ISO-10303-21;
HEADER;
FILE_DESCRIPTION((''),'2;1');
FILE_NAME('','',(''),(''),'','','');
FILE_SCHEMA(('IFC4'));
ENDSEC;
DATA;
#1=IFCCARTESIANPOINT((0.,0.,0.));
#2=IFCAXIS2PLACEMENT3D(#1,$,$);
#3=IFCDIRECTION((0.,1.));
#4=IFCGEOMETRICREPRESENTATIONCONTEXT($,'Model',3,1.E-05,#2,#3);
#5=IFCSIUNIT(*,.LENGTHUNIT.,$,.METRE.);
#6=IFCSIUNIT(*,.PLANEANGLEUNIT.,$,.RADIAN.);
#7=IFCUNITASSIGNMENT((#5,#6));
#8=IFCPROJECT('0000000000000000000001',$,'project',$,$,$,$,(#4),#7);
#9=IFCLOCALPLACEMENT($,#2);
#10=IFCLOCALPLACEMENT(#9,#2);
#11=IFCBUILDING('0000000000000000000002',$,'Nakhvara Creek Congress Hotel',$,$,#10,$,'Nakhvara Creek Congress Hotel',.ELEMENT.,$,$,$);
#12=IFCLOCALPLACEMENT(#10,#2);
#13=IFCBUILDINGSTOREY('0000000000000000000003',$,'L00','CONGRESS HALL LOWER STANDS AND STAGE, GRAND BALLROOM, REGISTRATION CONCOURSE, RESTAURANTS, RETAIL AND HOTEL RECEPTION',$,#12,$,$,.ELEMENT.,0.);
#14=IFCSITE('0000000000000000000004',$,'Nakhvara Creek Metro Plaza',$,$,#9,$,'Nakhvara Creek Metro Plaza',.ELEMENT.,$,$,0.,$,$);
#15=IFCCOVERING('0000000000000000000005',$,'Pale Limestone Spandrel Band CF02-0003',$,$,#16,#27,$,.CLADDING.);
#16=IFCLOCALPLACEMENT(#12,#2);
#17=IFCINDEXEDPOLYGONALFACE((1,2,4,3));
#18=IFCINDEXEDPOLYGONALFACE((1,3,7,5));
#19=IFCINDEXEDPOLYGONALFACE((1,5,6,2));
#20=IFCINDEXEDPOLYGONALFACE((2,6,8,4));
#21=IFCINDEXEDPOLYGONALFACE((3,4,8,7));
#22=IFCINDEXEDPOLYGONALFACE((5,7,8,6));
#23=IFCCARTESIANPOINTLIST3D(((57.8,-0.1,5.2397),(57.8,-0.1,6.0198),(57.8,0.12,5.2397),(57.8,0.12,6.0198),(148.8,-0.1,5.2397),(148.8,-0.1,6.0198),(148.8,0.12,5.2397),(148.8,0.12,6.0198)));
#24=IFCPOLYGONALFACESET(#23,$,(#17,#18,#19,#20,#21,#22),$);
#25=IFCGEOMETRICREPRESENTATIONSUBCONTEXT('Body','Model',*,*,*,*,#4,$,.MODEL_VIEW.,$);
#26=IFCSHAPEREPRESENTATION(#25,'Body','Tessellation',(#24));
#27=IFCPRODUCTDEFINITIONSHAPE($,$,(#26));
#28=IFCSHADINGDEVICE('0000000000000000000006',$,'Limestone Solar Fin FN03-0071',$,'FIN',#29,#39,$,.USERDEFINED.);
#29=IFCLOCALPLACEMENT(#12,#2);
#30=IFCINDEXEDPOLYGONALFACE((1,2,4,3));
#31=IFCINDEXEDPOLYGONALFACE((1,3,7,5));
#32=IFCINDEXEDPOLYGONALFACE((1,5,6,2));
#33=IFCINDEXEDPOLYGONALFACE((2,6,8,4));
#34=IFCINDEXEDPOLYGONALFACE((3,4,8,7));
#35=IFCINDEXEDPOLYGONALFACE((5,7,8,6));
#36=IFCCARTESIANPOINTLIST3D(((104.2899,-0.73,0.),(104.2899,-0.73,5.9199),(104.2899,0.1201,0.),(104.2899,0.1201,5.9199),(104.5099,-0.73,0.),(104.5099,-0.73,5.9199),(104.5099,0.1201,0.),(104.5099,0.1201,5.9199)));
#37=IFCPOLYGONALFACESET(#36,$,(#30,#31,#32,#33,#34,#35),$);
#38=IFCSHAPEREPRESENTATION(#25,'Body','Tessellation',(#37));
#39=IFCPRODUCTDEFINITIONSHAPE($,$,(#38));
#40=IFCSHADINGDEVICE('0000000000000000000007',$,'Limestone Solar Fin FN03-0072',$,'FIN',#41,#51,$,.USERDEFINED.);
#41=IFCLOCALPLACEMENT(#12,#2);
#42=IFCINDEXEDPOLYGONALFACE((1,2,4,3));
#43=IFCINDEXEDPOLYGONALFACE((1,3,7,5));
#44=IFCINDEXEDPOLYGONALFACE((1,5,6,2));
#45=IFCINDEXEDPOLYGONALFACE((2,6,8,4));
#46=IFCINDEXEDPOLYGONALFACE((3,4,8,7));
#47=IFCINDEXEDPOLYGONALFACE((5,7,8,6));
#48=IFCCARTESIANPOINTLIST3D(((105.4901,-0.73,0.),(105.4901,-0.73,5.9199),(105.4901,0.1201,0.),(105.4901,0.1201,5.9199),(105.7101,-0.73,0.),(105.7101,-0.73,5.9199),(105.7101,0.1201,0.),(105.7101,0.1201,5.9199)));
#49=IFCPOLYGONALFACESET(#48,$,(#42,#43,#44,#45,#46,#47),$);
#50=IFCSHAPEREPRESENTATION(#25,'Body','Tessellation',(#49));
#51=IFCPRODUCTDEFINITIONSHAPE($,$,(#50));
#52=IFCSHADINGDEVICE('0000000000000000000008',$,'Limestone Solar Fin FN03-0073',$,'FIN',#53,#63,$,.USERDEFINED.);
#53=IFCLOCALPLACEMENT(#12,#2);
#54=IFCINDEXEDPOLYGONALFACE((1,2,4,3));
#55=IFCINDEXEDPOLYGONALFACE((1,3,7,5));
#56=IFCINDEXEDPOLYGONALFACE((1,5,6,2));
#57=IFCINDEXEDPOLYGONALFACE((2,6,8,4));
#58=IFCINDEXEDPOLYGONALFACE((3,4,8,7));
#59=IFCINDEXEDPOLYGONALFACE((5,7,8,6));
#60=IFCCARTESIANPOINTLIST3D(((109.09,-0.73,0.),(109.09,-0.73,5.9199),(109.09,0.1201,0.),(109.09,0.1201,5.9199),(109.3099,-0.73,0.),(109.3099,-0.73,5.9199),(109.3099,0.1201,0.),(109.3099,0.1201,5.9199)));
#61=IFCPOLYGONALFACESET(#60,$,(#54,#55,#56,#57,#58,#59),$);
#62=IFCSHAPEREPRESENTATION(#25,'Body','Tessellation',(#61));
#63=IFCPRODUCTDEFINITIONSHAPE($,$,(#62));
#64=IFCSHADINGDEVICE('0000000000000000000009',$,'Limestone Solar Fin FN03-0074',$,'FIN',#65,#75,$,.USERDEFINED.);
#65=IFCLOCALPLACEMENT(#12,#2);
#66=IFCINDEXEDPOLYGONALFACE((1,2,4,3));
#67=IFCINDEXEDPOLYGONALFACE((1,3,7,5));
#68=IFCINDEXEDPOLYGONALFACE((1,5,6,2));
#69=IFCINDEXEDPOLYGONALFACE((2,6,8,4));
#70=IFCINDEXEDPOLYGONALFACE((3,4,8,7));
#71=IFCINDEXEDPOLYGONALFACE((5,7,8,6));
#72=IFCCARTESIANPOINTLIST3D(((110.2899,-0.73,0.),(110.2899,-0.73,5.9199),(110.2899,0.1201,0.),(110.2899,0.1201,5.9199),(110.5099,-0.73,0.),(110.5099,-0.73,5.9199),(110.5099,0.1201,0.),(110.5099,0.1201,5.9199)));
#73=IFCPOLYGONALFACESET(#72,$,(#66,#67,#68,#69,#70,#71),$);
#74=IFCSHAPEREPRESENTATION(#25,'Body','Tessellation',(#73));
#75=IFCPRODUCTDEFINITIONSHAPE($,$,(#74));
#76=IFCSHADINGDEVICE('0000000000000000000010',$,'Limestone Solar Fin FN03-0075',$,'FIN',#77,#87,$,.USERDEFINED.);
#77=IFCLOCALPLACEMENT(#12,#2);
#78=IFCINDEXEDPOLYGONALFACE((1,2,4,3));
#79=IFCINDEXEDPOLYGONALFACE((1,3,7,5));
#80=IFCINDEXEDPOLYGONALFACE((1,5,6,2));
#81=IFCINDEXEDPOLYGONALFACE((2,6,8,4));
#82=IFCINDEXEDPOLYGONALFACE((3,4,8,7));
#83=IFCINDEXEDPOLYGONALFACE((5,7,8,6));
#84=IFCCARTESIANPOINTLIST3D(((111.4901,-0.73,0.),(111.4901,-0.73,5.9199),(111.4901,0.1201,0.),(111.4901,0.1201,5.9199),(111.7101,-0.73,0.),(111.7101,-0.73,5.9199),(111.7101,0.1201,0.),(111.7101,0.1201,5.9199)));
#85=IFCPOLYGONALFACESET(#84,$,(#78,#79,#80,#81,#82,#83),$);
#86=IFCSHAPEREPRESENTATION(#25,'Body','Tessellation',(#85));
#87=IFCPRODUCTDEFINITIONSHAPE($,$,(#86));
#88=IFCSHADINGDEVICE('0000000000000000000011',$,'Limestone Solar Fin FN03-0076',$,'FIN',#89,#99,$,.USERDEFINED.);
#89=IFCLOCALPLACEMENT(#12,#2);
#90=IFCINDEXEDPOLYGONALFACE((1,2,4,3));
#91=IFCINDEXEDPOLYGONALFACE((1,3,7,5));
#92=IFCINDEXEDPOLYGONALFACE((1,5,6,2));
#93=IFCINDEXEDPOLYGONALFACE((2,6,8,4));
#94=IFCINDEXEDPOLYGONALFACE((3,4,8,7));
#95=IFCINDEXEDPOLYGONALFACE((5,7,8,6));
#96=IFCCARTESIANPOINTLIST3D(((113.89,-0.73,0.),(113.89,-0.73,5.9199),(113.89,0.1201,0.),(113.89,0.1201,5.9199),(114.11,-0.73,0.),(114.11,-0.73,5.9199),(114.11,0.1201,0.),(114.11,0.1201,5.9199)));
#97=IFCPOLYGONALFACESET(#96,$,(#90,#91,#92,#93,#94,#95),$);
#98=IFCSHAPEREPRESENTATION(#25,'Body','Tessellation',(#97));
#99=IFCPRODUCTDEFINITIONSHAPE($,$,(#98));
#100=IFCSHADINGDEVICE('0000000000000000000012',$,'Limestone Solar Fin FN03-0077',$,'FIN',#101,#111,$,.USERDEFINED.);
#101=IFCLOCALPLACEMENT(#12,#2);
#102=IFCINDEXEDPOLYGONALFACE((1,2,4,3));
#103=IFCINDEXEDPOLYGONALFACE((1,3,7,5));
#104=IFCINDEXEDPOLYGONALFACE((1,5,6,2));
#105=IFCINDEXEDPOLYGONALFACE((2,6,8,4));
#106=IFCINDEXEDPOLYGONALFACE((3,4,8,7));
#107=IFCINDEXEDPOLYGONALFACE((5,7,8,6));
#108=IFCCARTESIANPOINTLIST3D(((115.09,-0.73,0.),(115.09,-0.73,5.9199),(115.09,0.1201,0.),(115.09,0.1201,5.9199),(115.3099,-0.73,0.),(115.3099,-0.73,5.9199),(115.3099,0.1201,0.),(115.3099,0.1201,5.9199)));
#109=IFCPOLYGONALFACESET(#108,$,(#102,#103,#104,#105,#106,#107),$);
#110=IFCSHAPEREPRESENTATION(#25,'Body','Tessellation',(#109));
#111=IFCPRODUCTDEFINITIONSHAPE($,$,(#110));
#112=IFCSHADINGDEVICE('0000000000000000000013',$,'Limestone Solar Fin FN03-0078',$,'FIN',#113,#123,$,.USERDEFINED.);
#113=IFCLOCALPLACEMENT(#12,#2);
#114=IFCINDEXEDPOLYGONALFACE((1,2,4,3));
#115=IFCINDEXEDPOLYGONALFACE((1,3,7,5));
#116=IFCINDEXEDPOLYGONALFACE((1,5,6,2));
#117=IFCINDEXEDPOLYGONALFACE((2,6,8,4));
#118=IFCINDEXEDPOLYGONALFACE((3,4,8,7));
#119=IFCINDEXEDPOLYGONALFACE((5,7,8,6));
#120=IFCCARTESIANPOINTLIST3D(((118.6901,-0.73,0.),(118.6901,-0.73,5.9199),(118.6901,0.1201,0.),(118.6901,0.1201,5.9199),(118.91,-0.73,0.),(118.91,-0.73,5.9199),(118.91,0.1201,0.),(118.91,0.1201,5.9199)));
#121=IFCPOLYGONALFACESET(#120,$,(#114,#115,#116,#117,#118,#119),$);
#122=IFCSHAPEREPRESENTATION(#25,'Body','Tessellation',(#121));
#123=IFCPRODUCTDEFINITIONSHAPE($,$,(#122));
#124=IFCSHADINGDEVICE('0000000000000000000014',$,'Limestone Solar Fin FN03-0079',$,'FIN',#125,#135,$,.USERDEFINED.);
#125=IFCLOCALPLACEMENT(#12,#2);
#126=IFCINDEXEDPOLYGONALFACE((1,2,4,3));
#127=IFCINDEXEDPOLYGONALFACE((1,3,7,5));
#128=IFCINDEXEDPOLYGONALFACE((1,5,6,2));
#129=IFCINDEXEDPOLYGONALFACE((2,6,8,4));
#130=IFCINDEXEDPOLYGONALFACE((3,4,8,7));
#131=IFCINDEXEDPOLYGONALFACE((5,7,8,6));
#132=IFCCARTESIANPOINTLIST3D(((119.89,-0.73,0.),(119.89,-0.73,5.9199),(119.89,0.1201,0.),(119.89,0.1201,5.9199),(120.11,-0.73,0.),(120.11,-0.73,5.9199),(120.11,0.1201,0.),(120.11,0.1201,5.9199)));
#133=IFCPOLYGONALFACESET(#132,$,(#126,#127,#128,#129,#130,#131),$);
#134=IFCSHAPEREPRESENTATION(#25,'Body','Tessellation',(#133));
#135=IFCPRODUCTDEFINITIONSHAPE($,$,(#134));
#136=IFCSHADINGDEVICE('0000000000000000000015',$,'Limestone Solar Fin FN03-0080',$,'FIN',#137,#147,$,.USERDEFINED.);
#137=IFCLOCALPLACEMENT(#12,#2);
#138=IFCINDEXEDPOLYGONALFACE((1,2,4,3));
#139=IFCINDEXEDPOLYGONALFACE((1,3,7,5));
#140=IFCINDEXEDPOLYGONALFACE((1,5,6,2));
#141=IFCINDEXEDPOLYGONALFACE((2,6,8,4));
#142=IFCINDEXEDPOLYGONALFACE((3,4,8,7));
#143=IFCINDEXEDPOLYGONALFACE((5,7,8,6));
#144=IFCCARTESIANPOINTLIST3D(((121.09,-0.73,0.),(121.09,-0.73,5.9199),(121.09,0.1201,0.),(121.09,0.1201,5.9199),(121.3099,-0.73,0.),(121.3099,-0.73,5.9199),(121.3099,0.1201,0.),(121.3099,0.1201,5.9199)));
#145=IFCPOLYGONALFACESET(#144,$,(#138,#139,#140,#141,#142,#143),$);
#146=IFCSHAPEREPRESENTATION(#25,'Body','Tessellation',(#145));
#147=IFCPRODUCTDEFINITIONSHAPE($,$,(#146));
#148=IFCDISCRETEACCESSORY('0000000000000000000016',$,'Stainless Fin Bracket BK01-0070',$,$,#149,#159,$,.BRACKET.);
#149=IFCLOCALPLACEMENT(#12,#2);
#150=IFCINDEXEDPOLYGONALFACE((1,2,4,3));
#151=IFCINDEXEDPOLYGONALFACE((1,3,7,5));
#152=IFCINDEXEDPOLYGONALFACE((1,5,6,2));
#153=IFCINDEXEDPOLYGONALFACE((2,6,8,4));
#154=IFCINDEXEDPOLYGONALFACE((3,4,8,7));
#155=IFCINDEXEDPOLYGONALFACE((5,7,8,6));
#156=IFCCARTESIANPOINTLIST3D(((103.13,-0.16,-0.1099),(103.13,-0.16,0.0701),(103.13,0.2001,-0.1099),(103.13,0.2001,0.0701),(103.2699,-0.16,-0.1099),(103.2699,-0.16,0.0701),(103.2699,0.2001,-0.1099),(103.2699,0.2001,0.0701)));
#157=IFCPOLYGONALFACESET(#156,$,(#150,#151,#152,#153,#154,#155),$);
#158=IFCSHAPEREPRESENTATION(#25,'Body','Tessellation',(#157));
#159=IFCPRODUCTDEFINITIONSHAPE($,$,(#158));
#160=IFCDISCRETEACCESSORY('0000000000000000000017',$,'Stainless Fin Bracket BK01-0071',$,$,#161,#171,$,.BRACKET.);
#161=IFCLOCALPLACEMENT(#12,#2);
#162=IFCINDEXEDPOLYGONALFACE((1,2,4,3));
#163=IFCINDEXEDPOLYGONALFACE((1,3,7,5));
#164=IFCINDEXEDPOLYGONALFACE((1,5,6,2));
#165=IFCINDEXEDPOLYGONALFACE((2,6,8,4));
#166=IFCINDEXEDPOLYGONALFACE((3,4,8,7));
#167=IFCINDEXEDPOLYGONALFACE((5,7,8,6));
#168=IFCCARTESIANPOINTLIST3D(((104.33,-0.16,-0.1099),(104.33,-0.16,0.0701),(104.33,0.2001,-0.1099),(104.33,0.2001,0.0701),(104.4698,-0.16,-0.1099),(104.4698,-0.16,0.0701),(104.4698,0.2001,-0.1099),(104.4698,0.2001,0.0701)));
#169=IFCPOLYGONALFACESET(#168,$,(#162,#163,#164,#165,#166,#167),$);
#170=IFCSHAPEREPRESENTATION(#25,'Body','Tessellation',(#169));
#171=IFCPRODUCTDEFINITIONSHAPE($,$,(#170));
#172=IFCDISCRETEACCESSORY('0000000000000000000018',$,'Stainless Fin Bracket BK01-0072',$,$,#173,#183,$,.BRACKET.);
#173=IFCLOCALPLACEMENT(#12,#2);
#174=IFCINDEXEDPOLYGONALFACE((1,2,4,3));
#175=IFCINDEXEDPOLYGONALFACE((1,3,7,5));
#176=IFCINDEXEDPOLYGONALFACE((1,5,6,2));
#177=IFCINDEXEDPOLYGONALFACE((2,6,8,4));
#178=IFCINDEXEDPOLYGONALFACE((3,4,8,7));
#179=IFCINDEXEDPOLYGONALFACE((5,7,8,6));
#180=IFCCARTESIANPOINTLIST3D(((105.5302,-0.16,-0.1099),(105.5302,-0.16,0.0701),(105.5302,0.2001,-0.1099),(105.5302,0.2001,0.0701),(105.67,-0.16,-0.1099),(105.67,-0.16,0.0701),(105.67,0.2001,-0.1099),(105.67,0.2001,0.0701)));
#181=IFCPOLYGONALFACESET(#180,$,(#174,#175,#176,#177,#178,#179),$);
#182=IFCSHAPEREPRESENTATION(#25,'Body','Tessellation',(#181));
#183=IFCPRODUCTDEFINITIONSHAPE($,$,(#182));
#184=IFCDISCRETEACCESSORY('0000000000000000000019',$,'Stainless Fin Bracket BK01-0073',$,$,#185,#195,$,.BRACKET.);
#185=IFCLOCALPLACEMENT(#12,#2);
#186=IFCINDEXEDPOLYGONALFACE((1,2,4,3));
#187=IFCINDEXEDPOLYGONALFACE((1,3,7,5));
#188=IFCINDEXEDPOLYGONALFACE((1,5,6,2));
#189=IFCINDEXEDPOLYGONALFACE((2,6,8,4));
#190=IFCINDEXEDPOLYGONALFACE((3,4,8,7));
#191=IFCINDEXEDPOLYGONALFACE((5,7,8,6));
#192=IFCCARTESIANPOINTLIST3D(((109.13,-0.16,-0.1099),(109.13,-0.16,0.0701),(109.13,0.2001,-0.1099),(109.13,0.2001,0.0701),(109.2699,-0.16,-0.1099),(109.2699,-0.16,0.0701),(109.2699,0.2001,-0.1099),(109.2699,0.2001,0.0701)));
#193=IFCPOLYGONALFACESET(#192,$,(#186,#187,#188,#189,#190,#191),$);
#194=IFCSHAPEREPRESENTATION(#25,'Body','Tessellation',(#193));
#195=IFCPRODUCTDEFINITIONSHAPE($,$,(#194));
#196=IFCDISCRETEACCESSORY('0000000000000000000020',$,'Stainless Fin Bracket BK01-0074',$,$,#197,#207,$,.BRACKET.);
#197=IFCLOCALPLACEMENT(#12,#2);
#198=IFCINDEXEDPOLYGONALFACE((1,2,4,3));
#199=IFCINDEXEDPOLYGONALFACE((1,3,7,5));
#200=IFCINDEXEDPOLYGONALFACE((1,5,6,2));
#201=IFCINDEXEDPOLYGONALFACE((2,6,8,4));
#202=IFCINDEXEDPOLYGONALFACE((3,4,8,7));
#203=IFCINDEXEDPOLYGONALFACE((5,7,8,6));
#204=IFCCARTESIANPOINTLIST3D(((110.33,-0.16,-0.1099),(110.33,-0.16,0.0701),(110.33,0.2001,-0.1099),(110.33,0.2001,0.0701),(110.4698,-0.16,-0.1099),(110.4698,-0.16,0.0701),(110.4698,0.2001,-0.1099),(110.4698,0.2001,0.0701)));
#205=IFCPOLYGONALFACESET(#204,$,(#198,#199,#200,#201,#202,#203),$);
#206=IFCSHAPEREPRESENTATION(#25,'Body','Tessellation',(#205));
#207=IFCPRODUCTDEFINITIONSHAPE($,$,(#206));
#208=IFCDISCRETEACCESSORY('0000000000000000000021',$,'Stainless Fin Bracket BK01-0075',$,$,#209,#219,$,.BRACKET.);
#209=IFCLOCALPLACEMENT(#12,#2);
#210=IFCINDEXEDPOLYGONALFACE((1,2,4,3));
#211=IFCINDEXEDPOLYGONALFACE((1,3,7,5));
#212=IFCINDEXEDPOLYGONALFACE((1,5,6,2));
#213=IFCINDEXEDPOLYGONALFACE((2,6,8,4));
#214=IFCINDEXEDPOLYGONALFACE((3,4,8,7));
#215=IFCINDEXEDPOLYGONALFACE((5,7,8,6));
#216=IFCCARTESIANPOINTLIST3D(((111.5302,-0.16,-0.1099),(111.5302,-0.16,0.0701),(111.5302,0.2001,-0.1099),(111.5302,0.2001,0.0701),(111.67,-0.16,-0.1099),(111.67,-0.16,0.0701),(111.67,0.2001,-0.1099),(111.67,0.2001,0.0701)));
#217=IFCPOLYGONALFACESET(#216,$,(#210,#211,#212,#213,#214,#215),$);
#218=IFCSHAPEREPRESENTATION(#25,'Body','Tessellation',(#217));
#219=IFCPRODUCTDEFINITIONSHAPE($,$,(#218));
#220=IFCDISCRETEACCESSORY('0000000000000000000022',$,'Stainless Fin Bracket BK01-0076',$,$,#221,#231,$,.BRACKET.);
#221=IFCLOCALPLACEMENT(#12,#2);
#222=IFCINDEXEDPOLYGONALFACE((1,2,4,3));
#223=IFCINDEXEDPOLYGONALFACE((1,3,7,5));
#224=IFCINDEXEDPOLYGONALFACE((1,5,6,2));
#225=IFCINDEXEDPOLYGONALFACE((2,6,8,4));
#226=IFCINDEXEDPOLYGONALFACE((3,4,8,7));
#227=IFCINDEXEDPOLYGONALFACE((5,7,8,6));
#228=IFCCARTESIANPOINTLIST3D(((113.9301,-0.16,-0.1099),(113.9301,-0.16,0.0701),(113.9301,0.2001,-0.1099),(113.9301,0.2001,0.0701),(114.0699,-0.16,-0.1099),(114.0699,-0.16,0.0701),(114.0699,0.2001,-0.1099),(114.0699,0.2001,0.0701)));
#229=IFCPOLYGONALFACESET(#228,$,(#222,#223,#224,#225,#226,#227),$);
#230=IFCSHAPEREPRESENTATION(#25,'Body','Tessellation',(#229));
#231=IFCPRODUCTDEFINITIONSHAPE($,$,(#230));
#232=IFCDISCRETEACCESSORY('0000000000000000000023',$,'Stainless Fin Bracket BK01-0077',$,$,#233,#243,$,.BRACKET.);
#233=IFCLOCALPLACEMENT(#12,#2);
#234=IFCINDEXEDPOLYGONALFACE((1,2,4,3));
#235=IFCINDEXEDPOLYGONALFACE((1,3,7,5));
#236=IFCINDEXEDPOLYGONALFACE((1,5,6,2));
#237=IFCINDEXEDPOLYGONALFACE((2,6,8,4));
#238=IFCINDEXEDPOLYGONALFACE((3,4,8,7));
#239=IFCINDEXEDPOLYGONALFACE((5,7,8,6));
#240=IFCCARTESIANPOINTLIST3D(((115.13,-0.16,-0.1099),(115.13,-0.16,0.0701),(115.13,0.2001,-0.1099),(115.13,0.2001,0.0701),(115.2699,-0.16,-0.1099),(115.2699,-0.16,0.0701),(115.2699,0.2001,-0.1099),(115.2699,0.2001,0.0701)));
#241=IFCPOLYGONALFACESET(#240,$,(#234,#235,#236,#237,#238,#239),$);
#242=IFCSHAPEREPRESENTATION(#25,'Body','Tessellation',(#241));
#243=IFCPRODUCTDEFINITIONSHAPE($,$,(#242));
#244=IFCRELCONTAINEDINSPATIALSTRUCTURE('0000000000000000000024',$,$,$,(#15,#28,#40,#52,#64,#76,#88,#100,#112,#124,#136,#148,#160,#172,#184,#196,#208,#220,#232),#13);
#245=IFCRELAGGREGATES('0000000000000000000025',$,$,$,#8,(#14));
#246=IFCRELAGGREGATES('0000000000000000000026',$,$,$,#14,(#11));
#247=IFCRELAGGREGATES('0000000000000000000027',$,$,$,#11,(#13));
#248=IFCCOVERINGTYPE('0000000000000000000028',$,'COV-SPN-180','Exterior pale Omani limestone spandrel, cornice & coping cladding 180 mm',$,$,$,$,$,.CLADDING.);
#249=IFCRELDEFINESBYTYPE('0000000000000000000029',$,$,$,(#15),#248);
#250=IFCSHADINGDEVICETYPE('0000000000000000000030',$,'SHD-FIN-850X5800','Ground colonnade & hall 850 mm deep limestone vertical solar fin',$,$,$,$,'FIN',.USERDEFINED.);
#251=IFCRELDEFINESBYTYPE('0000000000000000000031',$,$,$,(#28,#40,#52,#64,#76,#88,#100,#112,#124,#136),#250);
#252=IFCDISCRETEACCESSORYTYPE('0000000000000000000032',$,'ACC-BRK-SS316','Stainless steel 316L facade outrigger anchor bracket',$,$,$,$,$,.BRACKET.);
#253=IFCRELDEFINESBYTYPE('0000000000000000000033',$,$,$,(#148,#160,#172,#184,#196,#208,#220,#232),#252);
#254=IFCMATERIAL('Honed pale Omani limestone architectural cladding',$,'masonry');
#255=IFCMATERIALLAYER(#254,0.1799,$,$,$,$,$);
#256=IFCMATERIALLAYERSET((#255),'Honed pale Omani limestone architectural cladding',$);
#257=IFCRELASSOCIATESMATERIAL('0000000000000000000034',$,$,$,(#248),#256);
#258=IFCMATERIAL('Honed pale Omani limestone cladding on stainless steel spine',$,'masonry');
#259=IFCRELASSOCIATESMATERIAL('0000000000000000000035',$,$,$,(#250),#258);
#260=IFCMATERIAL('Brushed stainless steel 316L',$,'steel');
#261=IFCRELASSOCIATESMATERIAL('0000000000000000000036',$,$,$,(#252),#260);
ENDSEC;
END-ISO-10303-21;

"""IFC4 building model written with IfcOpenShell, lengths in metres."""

from ifc_helpers import new_model, si_unit, direction, frame, origin, origin_2d, place, context, subcontext, project, spatial, rectangle, extrude, material, layer, layer_set, type_object, element, save


model = new_model("IFC4")

# Units and contexts
model_context = context("Model", 3, precision=1e-05, world=origin(), true_north=direction((0.0, 1.0)))
body_context = subcontext(model_context, "Body", "Model", "MODEL_VIEW")
ifc_project = project(units=[si_unit("LENGTHUNIT", "METRE"), si_unit("PLANEANGLEUNIT", "RADIAN")], contexts=[model_context])

# Site, building, storey
site_placement = place(None, origin())
site = spatial("IfcSite", under=ifc_project, at=site_placement, Name="Nakhvara Creek Metro Plaza", LongName="Nakhvara Creek Metro Plaza", CompositionType="ELEMENT", RefElevation=0.0)
building_placement = place(site_placement, origin())
building = spatial("IfcBuilding", under=site, at=building_placement, Name="Nakhvara Creek Congress Hotel", LongName="Nakhvara Creek Congress Hotel", CompositionType="ELEMENT")
storey_placement = place(building_placement, origin())
storey = spatial("IfcBuildingStorey", under=building, at=storey_placement, Name="L00", Description="CONGRESS HALL LOWER STANDS AND STAGE, GRAND BALLROOM, REGISTRATION CONCOURSE, RESTAURANTS, RETAIL AND HOTEL RECEPTION", CompositionType="ELEMENT", Elevation=0.0)

# Covering
ifc_material_1 = material(Name="Honed pale Omani limestone architectural cladding", Category="masonry")
ifc_layer_1 = layer(ifc_material_1, 0.1799)
ifc_layer_set_1 = layer_set([ifc_layer_1], Name="Honed pale Omani limestone architectural cladding")
covering_type_1 = type_object("IfcCoveringType", Name="COV-SPN-180", Description="Exterior pale Omani limestone spandrel, cornice & coping cladding 180 mm", PredefinedType="CLADDING", material=ifc_layer_set_1)
covering_placement = place(storey_placement, frame((103.3, 0.01, 5.2397), z_axis=(0.0, 0.0, 1.0), x_axis=(1.0, 0.0, 0.0)))
element("IfcCovering", 1, at=covering_placement, inside=storey, type_object=covering_type_1, Name="Pale Limestone Spandrel Band CF02-0003", PredefinedType="CLADDING", context=body_context, shape_type="SweptSolid", body=[
    extrude(rectangle(XDim=91.0, YDim=0.22, at=origin_2d()), origin(), (0.0, 0.0, 1.0), 0.78),
])

# Shading devices
ifc_material_2 = material(Name="Honed pale Omani limestone cladding on stainless steel spine", Category="masonry")
shading_device_type = type_object("IfcShadingDeviceType", Name="SHD-FIN-850X5800", Description="Ground colonnade & hall 850 mm deep limestone vertical solar fin", ElementType="FIN", PredefinedType="USERDEFINED", material=ifc_material_2)
for number, where, z_axis, x_axis, name in (
    (2, (104.3999, -0.3049, 0.0), (0.0, 0.0, 1.0), (1.0, 0.0, 0.0), "Limestone Solar Fin FN03-0071"),
    (3, (105.6001, -0.3049, 0.0), (0.0, 0.0, 1.0), (1.0, 0.0, 0.0), "Limestone Solar Fin FN03-0072"),
    (4, (109.2, -0.3049, 0.0), (0.0, 0.0, 1.0), (1.0, 0.0, 0.0), "Limestone Solar Fin FN03-0073"),
    (5, (110.3999, -0.3049, 0.0), (0.0, 0.0, 1.0), (1.0, 0.0, 0.0), "Limestone Solar Fin FN03-0074"),
    (6, (111.6001, -0.3049, 0.0), (0.0, 0.0, 1.0), (1.0, 0.0, 0.0), "Limestone Solar Fin FN03-0075"),
    (7, (114.0, -0.3049, 0.0), (0.0, 0.0, 1.0), (1.0, 0.0, 0.0), "Limestone Solar Fin FN03-0076"),
    (8, (115.2, -0.3049, 0.0), (0.0, 0.0, 1.0), (1.0, 0.0, 0.0), "Limestone Solar Fin FN03-0077"),
    (9, (118.8, -0.3049, 0.0), (0.0, 0.0, 1.0), (1.0, 0.0, 0.0), "Limestone Solar Fin FN03-0078"),
    (10, (120.0, -0.3049, 0.0), (0.0, 0.0, 1.0), (1.0, 0.0, 0.0), "Limestone Solar Fin FN03-0079"),
    (11, (121.2, -0.3049, 0.0), (0.0, 0.0, 1.0), (1.0, 0.0, 0.0), "Limestone Solar Fin FN03-0080"),
):
    element("IfcShadingDevice", number, at=place(storey_placement, frame(where, z_axis=z_axis, x_axis=x_axis)), inside=storey, type_object=shading_device_type, Name=name, ObjectType="FIN", PredefinedType="USERDEFINED", context=body_context, shape_type="SweptSolid", body=[
        extrude(rectangle(XDim=0.22, YDim=0.8501, at=origin_2d()), origin(), (0.0, 0.0, 1.0), 5.9199),
    ])

# Discrete accessories
ifc_material_3 = material(Name="Brushed stainless steel 316L", Category="steel")
discrete_accessory_type = type_object("IfcDiscreteAccessoryType", Name="ACC-BRK-SS316", Description="Stainless steel 316L facade outrigger anchor bracket", PredefinedType="BRACKET", material=ifc_material_3)
for number, where, z_axis, x_axis, name in (
    (12, (103.2, 0.02, -0.1099), (0.0, 0.0, 1.0), (1.0, 0.0, 0.0), "Stainless Fin Bracket BK01-0070"),
    (13, (104.3999, 0.02, -0.1099), (0.0, 0.0, 1.0), (1.0, 0.0, 0.0), "Stainless Fin Bracket BK01-0071"),
    (14, (105.6001, 0.02, -0.1099), (0.0, 0.0, 1.0), (1.0, 0.0, 0.0), "Stainless Fin Bracket BK01-0072"),
    (15, (109.2, 0.02, -0.1099), (0.0, 0.0, 1.0), (1.0, 0.0, 0.0), "Stainless Fin Bracket BK01-0073"),
    (16, (110.3999, 0.02, -0.1099), (0.0, 0.0, 1.0), (1.0, 0.0, 0.0), "Stainless Fin Bracket BK01-0074"),
    (17, (111.6001, 0.02, -0.1099), (0.0, 0.0, 1.0), (1.0, 0.0, 0.0), "Stainless Fin Bracket BK01-0075"),
    (18, (114.0, 0.02, -0.1099), (0.0, 0.0, 1.0), (1.0, 0.0, 0.0), "Stainless Fin Bracket BK01-0076"),
    (19, (115.2, 0.02, -0.1099), (0.0, 0.0, 1.0), (1.0, 0.0, 0.0), "Stainless Fin Bracket BK01-0077"),
):
    element("IfcDiscreteAccessory", number, at=place(storey_placement, frame(where, z_axis=z_axis, x_axis=x_axis)), inside=storey, type_object=discrete_accessory_type, Name=name, PredefinedType="BRACKET", context=body_context, shape_type="SweptSolid", body=[
        extrude(rectangle(XDim=0.1399, YDim=0.3601, at=origin_2d()), origin(), (0.0, 0.0, 1.0), 0.1799),
    ])

save(model, "model.ifc")
